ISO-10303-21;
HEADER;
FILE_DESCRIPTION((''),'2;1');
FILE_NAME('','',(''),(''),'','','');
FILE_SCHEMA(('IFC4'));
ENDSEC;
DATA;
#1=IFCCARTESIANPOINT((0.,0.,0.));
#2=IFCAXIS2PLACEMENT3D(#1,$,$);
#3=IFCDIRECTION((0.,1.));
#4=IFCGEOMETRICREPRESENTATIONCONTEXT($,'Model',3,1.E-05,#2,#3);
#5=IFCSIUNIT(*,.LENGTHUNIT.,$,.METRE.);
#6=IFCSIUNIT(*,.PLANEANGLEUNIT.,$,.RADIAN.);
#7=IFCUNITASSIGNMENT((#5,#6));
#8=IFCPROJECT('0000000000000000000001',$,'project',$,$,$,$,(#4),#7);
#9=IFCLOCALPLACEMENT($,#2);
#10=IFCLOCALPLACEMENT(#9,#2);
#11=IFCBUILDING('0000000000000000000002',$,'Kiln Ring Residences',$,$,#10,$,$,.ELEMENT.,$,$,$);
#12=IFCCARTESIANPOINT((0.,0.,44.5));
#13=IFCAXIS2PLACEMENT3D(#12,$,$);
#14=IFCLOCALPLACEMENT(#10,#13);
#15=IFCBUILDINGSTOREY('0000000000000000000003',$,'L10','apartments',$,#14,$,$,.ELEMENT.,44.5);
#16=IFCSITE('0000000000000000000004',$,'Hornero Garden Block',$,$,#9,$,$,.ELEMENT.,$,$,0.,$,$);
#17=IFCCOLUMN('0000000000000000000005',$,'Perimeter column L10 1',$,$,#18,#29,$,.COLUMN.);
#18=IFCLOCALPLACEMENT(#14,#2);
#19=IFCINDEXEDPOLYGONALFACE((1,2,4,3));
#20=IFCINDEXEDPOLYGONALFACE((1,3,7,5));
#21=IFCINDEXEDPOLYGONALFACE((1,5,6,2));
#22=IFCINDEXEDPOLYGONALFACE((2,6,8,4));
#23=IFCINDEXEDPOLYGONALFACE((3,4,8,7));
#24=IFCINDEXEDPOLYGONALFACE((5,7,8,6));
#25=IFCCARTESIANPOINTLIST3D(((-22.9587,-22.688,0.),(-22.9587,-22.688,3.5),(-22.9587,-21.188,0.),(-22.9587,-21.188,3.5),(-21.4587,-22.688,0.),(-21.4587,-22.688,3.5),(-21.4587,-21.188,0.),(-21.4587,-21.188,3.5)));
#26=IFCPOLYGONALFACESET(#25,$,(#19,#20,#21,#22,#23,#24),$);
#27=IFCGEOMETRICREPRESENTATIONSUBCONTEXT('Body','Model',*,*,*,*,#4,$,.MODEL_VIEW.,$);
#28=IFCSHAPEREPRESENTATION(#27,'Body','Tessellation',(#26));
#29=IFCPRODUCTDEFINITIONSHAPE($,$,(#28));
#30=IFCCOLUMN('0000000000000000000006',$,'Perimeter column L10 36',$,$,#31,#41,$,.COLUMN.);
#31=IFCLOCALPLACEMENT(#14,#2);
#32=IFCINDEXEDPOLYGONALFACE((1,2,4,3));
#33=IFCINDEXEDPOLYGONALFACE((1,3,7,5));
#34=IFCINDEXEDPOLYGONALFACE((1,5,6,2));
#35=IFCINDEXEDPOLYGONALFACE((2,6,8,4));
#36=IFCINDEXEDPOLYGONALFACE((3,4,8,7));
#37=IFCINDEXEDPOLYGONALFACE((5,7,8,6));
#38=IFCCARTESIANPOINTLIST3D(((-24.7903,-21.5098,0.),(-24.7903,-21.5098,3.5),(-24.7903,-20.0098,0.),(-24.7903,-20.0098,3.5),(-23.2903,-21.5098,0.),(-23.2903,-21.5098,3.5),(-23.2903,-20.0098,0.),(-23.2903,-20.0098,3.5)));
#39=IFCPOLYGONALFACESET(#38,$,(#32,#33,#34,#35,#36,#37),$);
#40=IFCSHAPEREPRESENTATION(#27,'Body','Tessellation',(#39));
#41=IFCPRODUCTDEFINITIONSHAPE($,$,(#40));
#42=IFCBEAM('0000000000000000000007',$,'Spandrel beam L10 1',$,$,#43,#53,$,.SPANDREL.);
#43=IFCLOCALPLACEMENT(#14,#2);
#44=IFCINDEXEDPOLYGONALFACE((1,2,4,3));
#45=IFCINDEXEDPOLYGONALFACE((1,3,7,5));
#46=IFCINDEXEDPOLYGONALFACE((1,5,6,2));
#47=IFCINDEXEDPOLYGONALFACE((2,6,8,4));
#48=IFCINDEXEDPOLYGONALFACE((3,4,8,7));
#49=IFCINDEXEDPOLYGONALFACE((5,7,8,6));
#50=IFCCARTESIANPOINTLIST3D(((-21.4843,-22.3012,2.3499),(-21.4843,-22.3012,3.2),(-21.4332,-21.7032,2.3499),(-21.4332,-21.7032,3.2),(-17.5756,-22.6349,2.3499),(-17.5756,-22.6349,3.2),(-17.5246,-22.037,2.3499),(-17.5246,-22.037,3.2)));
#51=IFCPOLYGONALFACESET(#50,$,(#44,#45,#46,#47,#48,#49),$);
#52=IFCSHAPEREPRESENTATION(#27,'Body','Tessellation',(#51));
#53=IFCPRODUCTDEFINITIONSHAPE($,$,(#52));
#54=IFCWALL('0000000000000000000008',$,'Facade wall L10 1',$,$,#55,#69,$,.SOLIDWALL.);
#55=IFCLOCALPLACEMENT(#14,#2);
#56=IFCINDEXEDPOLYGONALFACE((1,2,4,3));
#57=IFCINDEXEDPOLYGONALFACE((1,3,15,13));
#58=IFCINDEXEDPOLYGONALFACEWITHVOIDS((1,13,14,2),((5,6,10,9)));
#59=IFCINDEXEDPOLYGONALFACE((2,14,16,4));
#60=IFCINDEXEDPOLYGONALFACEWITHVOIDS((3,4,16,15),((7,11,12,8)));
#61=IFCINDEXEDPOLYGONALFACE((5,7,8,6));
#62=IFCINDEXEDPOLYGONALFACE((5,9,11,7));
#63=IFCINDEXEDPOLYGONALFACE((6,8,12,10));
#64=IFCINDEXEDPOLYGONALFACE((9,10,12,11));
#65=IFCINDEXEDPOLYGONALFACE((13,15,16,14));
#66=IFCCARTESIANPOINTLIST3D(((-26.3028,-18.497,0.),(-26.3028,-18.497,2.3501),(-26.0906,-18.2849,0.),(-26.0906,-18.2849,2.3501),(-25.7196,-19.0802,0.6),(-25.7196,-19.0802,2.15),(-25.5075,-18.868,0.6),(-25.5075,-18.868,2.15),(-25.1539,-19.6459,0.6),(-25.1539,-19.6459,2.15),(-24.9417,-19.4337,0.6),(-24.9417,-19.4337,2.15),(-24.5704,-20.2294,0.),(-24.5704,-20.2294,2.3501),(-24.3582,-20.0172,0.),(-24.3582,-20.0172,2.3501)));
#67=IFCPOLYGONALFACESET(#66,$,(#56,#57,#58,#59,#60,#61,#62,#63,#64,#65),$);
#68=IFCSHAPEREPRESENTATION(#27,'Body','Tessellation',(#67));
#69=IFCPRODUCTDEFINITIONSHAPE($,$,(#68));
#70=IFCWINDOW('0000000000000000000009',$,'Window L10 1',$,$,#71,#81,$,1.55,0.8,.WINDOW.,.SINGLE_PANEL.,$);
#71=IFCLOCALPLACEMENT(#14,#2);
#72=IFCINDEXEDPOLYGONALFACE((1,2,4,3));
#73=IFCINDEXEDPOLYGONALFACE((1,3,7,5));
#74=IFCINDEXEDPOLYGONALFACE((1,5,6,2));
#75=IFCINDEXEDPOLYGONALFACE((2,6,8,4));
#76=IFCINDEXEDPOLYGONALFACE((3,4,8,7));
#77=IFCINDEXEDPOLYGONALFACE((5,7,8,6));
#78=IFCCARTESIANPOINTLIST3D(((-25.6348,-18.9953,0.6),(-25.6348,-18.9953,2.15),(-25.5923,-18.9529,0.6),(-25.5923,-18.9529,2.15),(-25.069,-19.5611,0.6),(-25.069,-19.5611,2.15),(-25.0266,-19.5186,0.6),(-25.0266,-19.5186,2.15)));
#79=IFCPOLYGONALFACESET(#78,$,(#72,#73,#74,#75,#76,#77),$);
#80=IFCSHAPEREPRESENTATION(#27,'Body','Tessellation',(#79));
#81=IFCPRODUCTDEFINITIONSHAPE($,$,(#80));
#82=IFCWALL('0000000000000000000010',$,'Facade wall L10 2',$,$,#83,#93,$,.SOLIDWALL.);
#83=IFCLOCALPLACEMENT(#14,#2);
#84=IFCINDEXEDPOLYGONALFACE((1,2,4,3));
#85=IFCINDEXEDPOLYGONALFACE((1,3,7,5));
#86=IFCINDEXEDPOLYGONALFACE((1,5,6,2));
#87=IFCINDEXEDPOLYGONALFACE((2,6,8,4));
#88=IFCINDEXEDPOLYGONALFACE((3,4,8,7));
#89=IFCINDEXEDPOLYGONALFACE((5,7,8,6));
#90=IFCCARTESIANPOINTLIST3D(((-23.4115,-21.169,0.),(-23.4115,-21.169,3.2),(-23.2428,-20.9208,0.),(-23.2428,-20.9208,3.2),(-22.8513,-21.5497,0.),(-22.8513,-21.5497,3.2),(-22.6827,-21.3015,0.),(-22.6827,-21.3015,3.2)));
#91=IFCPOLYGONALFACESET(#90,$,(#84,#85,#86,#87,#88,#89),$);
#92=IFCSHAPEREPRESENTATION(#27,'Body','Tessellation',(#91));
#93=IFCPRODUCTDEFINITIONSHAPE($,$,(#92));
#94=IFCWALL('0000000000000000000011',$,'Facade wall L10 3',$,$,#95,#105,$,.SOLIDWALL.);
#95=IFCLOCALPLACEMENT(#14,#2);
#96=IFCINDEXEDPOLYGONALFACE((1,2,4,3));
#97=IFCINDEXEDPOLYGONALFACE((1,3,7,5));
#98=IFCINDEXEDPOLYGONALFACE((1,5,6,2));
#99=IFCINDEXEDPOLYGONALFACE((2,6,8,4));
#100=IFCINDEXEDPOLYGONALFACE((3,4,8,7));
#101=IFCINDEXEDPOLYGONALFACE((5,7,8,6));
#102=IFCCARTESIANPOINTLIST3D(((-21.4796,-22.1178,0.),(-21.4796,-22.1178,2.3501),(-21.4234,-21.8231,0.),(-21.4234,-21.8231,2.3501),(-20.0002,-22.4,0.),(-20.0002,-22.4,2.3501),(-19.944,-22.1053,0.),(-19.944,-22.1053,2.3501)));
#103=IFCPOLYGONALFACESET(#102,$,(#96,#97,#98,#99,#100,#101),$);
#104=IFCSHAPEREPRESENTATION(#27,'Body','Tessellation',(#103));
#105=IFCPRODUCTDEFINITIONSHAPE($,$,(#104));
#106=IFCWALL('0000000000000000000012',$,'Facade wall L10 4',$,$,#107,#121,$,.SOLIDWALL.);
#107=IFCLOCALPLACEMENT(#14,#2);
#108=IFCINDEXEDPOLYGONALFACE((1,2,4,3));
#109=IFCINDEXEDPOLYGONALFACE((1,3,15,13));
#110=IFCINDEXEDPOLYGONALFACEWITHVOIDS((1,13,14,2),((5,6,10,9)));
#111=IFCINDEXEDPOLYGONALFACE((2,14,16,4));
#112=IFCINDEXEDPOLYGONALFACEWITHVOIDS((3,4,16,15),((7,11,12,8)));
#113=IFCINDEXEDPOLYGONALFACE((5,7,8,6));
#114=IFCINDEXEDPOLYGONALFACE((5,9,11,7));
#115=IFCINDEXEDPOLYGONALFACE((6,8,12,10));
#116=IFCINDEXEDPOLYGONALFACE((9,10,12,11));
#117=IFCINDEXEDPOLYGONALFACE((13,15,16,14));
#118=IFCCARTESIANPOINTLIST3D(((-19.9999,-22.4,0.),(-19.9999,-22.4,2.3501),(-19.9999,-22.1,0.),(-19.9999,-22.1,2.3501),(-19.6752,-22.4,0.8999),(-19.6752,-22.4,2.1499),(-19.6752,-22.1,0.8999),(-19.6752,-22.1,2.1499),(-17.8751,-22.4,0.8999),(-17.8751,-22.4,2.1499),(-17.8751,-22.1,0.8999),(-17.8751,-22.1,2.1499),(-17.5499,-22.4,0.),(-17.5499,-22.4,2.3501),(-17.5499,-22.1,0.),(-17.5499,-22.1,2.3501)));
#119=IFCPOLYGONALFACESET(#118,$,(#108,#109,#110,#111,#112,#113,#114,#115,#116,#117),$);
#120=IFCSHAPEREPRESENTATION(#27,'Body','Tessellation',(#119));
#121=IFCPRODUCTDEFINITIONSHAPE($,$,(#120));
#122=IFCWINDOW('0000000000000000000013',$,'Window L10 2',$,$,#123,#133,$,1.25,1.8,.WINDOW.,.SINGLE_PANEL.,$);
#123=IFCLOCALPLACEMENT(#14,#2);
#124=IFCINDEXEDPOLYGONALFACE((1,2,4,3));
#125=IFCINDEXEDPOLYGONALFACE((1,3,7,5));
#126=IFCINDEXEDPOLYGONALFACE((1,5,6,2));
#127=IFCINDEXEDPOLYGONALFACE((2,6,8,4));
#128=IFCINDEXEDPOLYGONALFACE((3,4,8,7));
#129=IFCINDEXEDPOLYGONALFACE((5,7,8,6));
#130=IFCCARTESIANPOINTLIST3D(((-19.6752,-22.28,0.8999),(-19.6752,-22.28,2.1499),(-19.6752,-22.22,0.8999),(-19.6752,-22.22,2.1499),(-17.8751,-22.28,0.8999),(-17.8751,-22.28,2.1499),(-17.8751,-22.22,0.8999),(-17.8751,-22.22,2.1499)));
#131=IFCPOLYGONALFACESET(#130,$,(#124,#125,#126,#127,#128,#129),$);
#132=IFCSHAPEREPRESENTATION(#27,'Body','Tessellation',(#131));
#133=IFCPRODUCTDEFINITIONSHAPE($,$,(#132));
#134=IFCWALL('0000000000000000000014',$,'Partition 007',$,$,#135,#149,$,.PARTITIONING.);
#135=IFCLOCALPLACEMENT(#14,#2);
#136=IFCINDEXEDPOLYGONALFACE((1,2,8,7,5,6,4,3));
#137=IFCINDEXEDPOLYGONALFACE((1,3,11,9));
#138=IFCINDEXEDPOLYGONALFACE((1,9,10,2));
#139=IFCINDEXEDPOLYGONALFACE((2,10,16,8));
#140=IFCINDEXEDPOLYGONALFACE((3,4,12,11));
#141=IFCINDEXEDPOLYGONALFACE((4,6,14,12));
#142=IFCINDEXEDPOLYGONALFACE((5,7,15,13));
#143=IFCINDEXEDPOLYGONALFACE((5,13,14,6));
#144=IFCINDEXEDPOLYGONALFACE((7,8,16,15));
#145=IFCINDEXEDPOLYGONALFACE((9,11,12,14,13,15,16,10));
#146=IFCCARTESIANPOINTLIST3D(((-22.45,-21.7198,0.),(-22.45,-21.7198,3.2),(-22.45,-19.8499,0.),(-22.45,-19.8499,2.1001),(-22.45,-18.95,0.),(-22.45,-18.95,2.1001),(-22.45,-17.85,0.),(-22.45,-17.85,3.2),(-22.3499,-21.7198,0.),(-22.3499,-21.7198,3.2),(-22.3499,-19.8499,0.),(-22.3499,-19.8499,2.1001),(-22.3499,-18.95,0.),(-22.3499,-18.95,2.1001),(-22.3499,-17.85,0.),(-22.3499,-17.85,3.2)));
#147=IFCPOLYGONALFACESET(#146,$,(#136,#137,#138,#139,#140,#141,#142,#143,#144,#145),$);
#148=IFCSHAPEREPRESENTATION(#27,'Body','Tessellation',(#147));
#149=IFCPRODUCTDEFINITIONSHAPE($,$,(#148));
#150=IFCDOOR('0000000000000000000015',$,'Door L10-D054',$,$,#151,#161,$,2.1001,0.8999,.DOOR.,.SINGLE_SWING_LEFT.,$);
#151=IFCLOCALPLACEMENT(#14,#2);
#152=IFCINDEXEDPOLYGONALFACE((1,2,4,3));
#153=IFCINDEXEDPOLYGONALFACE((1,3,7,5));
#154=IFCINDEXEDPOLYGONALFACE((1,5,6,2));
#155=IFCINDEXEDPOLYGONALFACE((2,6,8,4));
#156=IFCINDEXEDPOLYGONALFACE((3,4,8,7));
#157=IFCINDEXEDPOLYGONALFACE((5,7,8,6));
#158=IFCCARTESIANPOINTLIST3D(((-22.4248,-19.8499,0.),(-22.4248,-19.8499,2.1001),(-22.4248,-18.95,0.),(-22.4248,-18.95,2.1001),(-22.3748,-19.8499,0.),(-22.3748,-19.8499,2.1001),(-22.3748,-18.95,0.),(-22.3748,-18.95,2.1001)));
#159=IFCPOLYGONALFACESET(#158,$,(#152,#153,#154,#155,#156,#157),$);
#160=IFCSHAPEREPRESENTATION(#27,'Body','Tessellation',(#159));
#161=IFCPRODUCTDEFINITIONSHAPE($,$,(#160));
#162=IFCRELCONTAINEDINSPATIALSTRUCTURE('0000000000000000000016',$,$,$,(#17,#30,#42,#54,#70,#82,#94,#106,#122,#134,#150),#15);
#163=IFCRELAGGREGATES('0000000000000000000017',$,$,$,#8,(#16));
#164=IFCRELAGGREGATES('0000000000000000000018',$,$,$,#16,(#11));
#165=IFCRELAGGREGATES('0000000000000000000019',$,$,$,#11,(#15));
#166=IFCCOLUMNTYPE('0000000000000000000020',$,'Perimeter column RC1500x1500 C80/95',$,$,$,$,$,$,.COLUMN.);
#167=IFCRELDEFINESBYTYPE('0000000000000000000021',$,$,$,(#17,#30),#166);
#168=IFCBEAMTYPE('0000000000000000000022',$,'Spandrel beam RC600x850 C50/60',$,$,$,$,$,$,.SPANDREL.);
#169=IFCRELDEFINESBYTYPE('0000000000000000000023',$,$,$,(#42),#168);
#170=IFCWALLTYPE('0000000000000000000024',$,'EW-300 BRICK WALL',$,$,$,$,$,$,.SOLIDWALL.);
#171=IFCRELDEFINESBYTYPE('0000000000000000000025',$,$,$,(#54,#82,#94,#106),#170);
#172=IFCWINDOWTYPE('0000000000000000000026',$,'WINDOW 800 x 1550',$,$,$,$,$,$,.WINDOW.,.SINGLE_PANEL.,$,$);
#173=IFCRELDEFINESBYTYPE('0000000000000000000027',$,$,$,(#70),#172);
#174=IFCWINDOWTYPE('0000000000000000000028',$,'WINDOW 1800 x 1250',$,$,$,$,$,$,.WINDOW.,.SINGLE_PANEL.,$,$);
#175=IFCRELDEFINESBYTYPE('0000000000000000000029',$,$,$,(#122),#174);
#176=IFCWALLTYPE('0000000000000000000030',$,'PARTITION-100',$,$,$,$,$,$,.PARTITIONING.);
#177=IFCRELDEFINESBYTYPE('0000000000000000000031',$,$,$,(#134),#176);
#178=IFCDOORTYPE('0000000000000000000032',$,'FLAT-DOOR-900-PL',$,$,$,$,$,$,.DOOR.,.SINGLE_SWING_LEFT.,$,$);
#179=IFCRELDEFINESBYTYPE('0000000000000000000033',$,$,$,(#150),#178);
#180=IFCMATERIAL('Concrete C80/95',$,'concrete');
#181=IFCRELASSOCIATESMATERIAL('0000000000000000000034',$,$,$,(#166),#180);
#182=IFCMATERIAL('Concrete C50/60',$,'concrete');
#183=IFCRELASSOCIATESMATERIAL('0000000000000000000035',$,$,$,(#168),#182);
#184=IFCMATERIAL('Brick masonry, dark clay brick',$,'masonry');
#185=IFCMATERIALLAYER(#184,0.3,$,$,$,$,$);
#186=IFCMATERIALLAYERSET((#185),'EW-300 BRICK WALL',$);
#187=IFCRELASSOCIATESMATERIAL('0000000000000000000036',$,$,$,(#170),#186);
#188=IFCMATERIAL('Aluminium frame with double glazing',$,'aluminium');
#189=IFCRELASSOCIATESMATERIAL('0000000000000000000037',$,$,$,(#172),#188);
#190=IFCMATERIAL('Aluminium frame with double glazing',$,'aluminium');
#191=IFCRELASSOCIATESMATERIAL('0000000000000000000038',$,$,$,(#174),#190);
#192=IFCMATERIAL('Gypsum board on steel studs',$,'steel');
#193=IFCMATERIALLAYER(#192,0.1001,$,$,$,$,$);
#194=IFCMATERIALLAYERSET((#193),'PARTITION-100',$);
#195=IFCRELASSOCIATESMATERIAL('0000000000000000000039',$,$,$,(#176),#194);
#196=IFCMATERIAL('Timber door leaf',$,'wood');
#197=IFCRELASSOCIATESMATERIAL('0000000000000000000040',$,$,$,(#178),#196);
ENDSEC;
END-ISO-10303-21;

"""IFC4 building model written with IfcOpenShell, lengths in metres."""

from ifc_helpers import new_model, si_unit, direction, frame, frame_2d, origin, origin_2d, place, context, subcontext, project, spatial, rectangle, extrude, material, layer, layer_set, material_profile, profile_set, type_object, element, fill, save


model = new_model("IFC4")

# Units and contexts
model_context = context("Model", 3, precision=1e-05, world=origin(), true_north=direction((0.0, 1.0)))
body_context = subcontext(model_context, "Body", "Model", "MODEL_VIEW")
ifc_project = project(units=[si_unit("LENGTHUNIT", "METRE"), si_unit("PLANEANGLEUNIT", "RADIAN")], contexts=[model_context])

# Site, building, storey
site_placement = place(None, origin())
site = spatial("IfcSite", under=ifc_project, at=site_placement, Name="Hornero Garden Block", CompositionType="ELEMENT", RefElevation=0.0)
building_placement = place(site_placement, origin())
building = spatial("IfcBuilding", under=site, at=building_placement, Name="Kiln Ring Residences", CompositionType="ELEMENT")
storey_placement = place(building_placement, frame((0.0, 0.0, 44.5)))
storey = spatial("IfcBuildingStorey", under=building, at=storey_placement, Name="L10", Description="apartments", CompositionType="ELEMENT", Elevation=44.5)

# Columns
ifc_material_1 = material(Name="Concrete C80/95", Category="concrete")
ifc_material_profile_1 = material_profile(ifc_material_1, rectangle(XDim=1.5, YDim=1.5, at=origin_2d()), Name="RC1500x1500")
ifc_profile_set_1 = profile_set([ifc_material_profile_1], Name="Concrete C80/95")
column_type = type_object("IfcColumnType", Name="Perimeter column RC1500x1500 C80/95", PredefinedType="COLUMN", material=ifc_profile_set_1)
for number, where, z_axis, x_axis, name in (
    (1, (-22.2087, -21.938, 0.0), (0.0, 0.0, 1.0), (1.0, 0.0, 0.0), "Perimeter column L10 1"),
    (2, (-24.0403, -20.7598, 0.0), (0.0, 0.0, 1.0), (1.0, 0.0, 0.0), "Perimeter column L10 36"),
):
    element("IfcColumn", number, at=place(storey_placement, frame(where, z_axis=z_axis, x_axis=x_axis)), inside=storey, type_object=column_type, Name=name, PredefinedType="COLUMN", context=body_context, shape_type="SweptSolid", body=[
        extrude(rectangle(XDim=1.5, YDim=1.5, at=origin_2d()), origin(), (0.0, 0.0, 1.0), 3.5),
    ])

# Beam
ifc_material_2 = material(Name="Concrete C50/60", Category="concrete")
ifc_material_profile_2 = material_profile(ifc_material_2, rectangle(XDim=0.6001, YDim=0.8501, at=origin_2d()), Name="RC600x850")
ifc_profile_set_2 = profile_set([ifc_material_profile_2], Name="Concrete C50/60")
beam_type = type_object("IfcBeamType", Name="Spandrel beam RC600x850 C50/60", PredefinedType="SPANDREL", material=ifc_profile_set_2)
beam_placement = place(storey_placement, frame((-21.4587, -22.0022, 2.7749), z_axis=(0.996375, -0.085075, 0.0), x_axis=(0.085075, 0.996375, 0.0)))
element("IfcBeam", 3, at=beam_placement, inside=storey, type_object=beam_type, Name="Spandrel beam L10 1", PredefinedType="SPANDREL", context=body_context, shape_type="SweptSolid", body=[
    extrude(rectangle(XDim=0.6001, YDim=0.8501, at=origin_2d()), origin(), (0.0, 0.0, 1.0), 3.9229),
])

# Wall, opening, window
ifc_material_3 = material(Name="Brick masonry, dark clay brick", Category="masonry")
ifc_layer_1 = layer(ifc_material_3, 0.3)
ifc_layer_set_1 = layer_set([ifc_layer_1], Name="EW-300 BRICK WALL")
wall_type_1 = type_object("IfcWallType", Name="EW-300 BRICK WALL", PredefinedType="SOLIDWALL", material=ifc_layer_set_1)
wall_1_placement = place(storey_placement, frame((-26.1968, -18.3909, 0.0), z_axis=(0.0, 0.0, 1.0), x_axis=(0.707107, -0.707107, 0.0)))
wall_1 = element("IfcWall", 4, at=wall_1_placement, inside=storey, type_object=wall_type_1, Name="Facade wall L10 1", PredefinedType="SOLIDWALL", context=body_context, shape_type="SweptSolid", body=[
    extrude(rectangle(XDim=2.45, YDim=0.3, at=frame_2d((1.2251, 0.0))), origin(), (0.0, 0.0, 1.0), 2.3501),
])
opening_1_placement = place(wall_1_placement, frame((0.825, 0.0, 0.6001)))
opening_1 = element("IfcOpeningElement", 5, at=opening_1_placement, cuts=wall_1, PredefinedType="OPENING", context=body_context, shape_type="SweptSolid", body=[
    extrude(rectangle(XDim=0.8, YDim=1.55, at=frame_2d((0.3999, 0.7749))), frame((0.0, 0.1599, 0.0), z_axis=(0.0, -1.0, 0.0), x_axis=(1.0, 0.0, 0.0)), (0.0, 0.0, 1.0), 0.3201),
])
ifc_material_4 = material(Name="Aluminium frame with double glazing", Category="aluminium")
window_type_1 = type_object("IfcWindowType", Name="WINDOW 800 x 1550", PartitioningType="SINGLE_PANEL", PredefinedType="WINDOW", material=ifc_material_4)
window_1_placement = place(opening_1_placement, origin())
window_1 = element("IfcWindow", 6, at=window_1_placement, inside=storey, type_object=window_type_1, Name="Window L10 1", OverallHeight=1.55, OverallWidth=0.8, PartitioningType="SINGLE_PANEL", PredefinedType="WINDOW", context=body_context, shape_type="SweptSolid", body=[
    extrude(rectangle(XDim=0.8, YDim=1.55, at=frame_2d((0.3999, 0.7749))), frame((0.0, 0.03, 0.0), z_axis=(0.0, -1.0, 0.0), x_axis=(1.0, 0.0, 0.0)), (0.0, 0.0, 1.0), 0.0601),
])
fill(opening_1, window_1)

# Walls
wall_2_placement = place(storey_placement, frame((-23.3271, -21.0449, 0.0), z_axis=(0.0, 0.0, 1.0), x_axis=(0.827081, -0.562083, 0.0)))
element("IfcWall", 7, at=wall_2_placement, inside=storey, type_object=wall_type_1, Name="Facade wall L10 2", PredefinedType="SOLIDWALL", context=body_context, shape_type="SweptSolid", body=[
    extrude(rectangle(XDim=0.6772, YDim=0.3, at=frame_2d((0.3386, 0.0))), origin(), (0.0, 0.0, 1.0), 3.2),
])
wall_3_placement = place(storey_placement, frame((-21.4514, -21.9705, 0.0), z_axis=(0.0, 0.0, 1.0), x_axis=(0.982287, -0.18738, 0.0)))
element("IfcWall", 8, at=wall_3_placement, inside=storey, type_object=wall_type_1, Name="Facade wall L10 3", PredefinedType="SOLIDWALL", context=body_context, shape_type="SweptSolid", body=[
    extrude(rectangle(XDim=1.5061, YDim=0.3, at=frame_2d((0.7529, 0.0))), origin(), (0.0, 0.0, 1.0), 2.3501),
])

# Wall, opening, window
wall_4_placement = place(storey_placement, frame((-20.0, -22.25, 0.0), z_axis=(0.0, 0.0, 1.0), x_axis=(1.0, 0.0, 0.0)))
wall_4 = element("IfcWall", 9, at=wall_4_placement, inside=storey, type_object=wall_type_1, Name="Facade wall L10 4", PredefinedType="SOLIDWALL", context=body_context, shape_type="SweptSolid", body=[
    extrude(rectangle(XDim=2.45, YDim=0.3, at=frame_2d((1.2251, 0.0))), origin(), (0.0, 0.0, 1.0), 2.3501),
])
opening_2_placement = place(wall_4_placement, frame((0.325, 0.0, 0.8999)))
opening_2 = element("IfcOpeningElement", 10, at=opening_2_placement, cuts=wall_4, PredefinedType="OPENING", context=body_context, shape_type="SweptSolid", body=[
    extrude(rectangle(XDim=1.8, YDim=1.25, at=frame_2d((0.8999, 0.625))), frame((0.0, 0.1599, 0.0), z_axis=(0.0, -1.0, 0.0), x_axis=(1.0, 0.0, 0.0)), (0.0, 0.0, 1.0), 0.3201),
])
ifc_material_5 = material(Name="Aluminium frame with double glazing", Category="aluminium")
window_type_2 = type_object("IfcWindowType", Name="WINDOW 1800 x 1250", PartitioningType="SINGLE_PANEL", PredefinedType="WINDOW", material=ifc_material_5)
window_2_placement = place(opening_2_placement, origin())
window_2 = element("IfcWindow", 11, at=window_2_placement, inside=storey, type_object=window_type_2, Name="Window L10 2", OverallHeight=1.25, OverallWidth=1.8, PartitioningType="SINGLE_PANEL", PredefinedType="WINDOW", context=body_context, shape_type="SweptSolid", body=[
    extrude(rectangle(XDim=1.8, YDim=1.25, at=frame_2d((0.8999, 0.625))), frame((0.0, 0.03, 0.0), z_axis=(0.0, -1.0, 0.0), x_axis=(1.0, 0.0, 0.0)), (0.0, 0.0, 1.0), 0.0601),
])
fill(opening_2, window_2)

# Wall, opening, door
ifc_material_6 = material(Name="Gypsum board on steel studs", Category="steel")
ifc_layer_2 = layer(ifc_material_6, 0.1001)
ifc_layer_set_2 = layer_set([ifc_layer_2], Name="PARTITION-100")
wall_type_2 = type_object("IfcWallType", Name="PARTITION-100", PredefinedType="PARTITIONING", material=ifc_layer_set_2)
wall_5_placement = place(storey_placement, frame((-22.3999, -21.72, 0.0), z_axis=(0.0, 0.0, 1.0), x_axis=(0.0, 1.0, 0.0)))
wall_5 = element("IfcWall", 12, at=wall_5_placement, inside=storey, type_object=wall_type_2, Name="Partition 007", PredefinedType="PARTITIONING", context=body_context, shape_type="SweptSolid", body=[
    extrude(rectangle(XDim=3.8699, YDim=0.1001, at=frame_2d((1.9351, 0.0))), origin(), (0.0, 0.0, 1.0), 3.2),
])
opening_3_placement = place(wall_5_placement, frame((1.8701, 0.0, 0.0)))
opening_3 = element("IfcOpeningElement", 13, at=opening_3_placement, cuts=wall_5, PredefinedType="OPENING", context=body_context, shape_type="SweptSolid", body=[
    extrude(rectangle(XDim=0.8999, YDim=2.1001, at=frame_2d((0.45, 1.05))), frame((0.0, 0.0601, 0.0), z_axis=(0.0, -1.0, 0.0), x_axis=(1.0, 0.0, 0.0)), (0.0, 0.0, 1.0), 0.1201),
])
ifc_material_7 = material(Name="Timber door leaf", Category="wood")
door_type = type_object("IfcDoorType", Name="FLAT-DOOR-900-PL", OperationType="SINGLE_SWING_LEFT", PredefinedType="DOOR", material=ifc_material_7)
door_placement = place(opening_3_placement, origin())
door = element("IfcDoor", 14, at=door_placement, inside=storey, type_object=door_type, Name="Door L10-D054", OperationType="SINGLE_SWING_LEFT", OverallHeight=2.1001, OverallWidth=0.8999, PredefinedType="DOOR", context=body_context, shape_type="SweptSolid", body=[
    extrude(rectangle(XDim=0.8999, YDim=2.1001, at=frame_2d((0.45, 1.05))), frame((0.0, 0.0249, 0.0), z_axis=(0.0, -1.0, 0.0), x_axis=(1.0, 0.0, 0.0)), (0.0, 0.0, 1.0), 0.05),
])
fill(opening_3, door)

save(model, "model.ifc")
